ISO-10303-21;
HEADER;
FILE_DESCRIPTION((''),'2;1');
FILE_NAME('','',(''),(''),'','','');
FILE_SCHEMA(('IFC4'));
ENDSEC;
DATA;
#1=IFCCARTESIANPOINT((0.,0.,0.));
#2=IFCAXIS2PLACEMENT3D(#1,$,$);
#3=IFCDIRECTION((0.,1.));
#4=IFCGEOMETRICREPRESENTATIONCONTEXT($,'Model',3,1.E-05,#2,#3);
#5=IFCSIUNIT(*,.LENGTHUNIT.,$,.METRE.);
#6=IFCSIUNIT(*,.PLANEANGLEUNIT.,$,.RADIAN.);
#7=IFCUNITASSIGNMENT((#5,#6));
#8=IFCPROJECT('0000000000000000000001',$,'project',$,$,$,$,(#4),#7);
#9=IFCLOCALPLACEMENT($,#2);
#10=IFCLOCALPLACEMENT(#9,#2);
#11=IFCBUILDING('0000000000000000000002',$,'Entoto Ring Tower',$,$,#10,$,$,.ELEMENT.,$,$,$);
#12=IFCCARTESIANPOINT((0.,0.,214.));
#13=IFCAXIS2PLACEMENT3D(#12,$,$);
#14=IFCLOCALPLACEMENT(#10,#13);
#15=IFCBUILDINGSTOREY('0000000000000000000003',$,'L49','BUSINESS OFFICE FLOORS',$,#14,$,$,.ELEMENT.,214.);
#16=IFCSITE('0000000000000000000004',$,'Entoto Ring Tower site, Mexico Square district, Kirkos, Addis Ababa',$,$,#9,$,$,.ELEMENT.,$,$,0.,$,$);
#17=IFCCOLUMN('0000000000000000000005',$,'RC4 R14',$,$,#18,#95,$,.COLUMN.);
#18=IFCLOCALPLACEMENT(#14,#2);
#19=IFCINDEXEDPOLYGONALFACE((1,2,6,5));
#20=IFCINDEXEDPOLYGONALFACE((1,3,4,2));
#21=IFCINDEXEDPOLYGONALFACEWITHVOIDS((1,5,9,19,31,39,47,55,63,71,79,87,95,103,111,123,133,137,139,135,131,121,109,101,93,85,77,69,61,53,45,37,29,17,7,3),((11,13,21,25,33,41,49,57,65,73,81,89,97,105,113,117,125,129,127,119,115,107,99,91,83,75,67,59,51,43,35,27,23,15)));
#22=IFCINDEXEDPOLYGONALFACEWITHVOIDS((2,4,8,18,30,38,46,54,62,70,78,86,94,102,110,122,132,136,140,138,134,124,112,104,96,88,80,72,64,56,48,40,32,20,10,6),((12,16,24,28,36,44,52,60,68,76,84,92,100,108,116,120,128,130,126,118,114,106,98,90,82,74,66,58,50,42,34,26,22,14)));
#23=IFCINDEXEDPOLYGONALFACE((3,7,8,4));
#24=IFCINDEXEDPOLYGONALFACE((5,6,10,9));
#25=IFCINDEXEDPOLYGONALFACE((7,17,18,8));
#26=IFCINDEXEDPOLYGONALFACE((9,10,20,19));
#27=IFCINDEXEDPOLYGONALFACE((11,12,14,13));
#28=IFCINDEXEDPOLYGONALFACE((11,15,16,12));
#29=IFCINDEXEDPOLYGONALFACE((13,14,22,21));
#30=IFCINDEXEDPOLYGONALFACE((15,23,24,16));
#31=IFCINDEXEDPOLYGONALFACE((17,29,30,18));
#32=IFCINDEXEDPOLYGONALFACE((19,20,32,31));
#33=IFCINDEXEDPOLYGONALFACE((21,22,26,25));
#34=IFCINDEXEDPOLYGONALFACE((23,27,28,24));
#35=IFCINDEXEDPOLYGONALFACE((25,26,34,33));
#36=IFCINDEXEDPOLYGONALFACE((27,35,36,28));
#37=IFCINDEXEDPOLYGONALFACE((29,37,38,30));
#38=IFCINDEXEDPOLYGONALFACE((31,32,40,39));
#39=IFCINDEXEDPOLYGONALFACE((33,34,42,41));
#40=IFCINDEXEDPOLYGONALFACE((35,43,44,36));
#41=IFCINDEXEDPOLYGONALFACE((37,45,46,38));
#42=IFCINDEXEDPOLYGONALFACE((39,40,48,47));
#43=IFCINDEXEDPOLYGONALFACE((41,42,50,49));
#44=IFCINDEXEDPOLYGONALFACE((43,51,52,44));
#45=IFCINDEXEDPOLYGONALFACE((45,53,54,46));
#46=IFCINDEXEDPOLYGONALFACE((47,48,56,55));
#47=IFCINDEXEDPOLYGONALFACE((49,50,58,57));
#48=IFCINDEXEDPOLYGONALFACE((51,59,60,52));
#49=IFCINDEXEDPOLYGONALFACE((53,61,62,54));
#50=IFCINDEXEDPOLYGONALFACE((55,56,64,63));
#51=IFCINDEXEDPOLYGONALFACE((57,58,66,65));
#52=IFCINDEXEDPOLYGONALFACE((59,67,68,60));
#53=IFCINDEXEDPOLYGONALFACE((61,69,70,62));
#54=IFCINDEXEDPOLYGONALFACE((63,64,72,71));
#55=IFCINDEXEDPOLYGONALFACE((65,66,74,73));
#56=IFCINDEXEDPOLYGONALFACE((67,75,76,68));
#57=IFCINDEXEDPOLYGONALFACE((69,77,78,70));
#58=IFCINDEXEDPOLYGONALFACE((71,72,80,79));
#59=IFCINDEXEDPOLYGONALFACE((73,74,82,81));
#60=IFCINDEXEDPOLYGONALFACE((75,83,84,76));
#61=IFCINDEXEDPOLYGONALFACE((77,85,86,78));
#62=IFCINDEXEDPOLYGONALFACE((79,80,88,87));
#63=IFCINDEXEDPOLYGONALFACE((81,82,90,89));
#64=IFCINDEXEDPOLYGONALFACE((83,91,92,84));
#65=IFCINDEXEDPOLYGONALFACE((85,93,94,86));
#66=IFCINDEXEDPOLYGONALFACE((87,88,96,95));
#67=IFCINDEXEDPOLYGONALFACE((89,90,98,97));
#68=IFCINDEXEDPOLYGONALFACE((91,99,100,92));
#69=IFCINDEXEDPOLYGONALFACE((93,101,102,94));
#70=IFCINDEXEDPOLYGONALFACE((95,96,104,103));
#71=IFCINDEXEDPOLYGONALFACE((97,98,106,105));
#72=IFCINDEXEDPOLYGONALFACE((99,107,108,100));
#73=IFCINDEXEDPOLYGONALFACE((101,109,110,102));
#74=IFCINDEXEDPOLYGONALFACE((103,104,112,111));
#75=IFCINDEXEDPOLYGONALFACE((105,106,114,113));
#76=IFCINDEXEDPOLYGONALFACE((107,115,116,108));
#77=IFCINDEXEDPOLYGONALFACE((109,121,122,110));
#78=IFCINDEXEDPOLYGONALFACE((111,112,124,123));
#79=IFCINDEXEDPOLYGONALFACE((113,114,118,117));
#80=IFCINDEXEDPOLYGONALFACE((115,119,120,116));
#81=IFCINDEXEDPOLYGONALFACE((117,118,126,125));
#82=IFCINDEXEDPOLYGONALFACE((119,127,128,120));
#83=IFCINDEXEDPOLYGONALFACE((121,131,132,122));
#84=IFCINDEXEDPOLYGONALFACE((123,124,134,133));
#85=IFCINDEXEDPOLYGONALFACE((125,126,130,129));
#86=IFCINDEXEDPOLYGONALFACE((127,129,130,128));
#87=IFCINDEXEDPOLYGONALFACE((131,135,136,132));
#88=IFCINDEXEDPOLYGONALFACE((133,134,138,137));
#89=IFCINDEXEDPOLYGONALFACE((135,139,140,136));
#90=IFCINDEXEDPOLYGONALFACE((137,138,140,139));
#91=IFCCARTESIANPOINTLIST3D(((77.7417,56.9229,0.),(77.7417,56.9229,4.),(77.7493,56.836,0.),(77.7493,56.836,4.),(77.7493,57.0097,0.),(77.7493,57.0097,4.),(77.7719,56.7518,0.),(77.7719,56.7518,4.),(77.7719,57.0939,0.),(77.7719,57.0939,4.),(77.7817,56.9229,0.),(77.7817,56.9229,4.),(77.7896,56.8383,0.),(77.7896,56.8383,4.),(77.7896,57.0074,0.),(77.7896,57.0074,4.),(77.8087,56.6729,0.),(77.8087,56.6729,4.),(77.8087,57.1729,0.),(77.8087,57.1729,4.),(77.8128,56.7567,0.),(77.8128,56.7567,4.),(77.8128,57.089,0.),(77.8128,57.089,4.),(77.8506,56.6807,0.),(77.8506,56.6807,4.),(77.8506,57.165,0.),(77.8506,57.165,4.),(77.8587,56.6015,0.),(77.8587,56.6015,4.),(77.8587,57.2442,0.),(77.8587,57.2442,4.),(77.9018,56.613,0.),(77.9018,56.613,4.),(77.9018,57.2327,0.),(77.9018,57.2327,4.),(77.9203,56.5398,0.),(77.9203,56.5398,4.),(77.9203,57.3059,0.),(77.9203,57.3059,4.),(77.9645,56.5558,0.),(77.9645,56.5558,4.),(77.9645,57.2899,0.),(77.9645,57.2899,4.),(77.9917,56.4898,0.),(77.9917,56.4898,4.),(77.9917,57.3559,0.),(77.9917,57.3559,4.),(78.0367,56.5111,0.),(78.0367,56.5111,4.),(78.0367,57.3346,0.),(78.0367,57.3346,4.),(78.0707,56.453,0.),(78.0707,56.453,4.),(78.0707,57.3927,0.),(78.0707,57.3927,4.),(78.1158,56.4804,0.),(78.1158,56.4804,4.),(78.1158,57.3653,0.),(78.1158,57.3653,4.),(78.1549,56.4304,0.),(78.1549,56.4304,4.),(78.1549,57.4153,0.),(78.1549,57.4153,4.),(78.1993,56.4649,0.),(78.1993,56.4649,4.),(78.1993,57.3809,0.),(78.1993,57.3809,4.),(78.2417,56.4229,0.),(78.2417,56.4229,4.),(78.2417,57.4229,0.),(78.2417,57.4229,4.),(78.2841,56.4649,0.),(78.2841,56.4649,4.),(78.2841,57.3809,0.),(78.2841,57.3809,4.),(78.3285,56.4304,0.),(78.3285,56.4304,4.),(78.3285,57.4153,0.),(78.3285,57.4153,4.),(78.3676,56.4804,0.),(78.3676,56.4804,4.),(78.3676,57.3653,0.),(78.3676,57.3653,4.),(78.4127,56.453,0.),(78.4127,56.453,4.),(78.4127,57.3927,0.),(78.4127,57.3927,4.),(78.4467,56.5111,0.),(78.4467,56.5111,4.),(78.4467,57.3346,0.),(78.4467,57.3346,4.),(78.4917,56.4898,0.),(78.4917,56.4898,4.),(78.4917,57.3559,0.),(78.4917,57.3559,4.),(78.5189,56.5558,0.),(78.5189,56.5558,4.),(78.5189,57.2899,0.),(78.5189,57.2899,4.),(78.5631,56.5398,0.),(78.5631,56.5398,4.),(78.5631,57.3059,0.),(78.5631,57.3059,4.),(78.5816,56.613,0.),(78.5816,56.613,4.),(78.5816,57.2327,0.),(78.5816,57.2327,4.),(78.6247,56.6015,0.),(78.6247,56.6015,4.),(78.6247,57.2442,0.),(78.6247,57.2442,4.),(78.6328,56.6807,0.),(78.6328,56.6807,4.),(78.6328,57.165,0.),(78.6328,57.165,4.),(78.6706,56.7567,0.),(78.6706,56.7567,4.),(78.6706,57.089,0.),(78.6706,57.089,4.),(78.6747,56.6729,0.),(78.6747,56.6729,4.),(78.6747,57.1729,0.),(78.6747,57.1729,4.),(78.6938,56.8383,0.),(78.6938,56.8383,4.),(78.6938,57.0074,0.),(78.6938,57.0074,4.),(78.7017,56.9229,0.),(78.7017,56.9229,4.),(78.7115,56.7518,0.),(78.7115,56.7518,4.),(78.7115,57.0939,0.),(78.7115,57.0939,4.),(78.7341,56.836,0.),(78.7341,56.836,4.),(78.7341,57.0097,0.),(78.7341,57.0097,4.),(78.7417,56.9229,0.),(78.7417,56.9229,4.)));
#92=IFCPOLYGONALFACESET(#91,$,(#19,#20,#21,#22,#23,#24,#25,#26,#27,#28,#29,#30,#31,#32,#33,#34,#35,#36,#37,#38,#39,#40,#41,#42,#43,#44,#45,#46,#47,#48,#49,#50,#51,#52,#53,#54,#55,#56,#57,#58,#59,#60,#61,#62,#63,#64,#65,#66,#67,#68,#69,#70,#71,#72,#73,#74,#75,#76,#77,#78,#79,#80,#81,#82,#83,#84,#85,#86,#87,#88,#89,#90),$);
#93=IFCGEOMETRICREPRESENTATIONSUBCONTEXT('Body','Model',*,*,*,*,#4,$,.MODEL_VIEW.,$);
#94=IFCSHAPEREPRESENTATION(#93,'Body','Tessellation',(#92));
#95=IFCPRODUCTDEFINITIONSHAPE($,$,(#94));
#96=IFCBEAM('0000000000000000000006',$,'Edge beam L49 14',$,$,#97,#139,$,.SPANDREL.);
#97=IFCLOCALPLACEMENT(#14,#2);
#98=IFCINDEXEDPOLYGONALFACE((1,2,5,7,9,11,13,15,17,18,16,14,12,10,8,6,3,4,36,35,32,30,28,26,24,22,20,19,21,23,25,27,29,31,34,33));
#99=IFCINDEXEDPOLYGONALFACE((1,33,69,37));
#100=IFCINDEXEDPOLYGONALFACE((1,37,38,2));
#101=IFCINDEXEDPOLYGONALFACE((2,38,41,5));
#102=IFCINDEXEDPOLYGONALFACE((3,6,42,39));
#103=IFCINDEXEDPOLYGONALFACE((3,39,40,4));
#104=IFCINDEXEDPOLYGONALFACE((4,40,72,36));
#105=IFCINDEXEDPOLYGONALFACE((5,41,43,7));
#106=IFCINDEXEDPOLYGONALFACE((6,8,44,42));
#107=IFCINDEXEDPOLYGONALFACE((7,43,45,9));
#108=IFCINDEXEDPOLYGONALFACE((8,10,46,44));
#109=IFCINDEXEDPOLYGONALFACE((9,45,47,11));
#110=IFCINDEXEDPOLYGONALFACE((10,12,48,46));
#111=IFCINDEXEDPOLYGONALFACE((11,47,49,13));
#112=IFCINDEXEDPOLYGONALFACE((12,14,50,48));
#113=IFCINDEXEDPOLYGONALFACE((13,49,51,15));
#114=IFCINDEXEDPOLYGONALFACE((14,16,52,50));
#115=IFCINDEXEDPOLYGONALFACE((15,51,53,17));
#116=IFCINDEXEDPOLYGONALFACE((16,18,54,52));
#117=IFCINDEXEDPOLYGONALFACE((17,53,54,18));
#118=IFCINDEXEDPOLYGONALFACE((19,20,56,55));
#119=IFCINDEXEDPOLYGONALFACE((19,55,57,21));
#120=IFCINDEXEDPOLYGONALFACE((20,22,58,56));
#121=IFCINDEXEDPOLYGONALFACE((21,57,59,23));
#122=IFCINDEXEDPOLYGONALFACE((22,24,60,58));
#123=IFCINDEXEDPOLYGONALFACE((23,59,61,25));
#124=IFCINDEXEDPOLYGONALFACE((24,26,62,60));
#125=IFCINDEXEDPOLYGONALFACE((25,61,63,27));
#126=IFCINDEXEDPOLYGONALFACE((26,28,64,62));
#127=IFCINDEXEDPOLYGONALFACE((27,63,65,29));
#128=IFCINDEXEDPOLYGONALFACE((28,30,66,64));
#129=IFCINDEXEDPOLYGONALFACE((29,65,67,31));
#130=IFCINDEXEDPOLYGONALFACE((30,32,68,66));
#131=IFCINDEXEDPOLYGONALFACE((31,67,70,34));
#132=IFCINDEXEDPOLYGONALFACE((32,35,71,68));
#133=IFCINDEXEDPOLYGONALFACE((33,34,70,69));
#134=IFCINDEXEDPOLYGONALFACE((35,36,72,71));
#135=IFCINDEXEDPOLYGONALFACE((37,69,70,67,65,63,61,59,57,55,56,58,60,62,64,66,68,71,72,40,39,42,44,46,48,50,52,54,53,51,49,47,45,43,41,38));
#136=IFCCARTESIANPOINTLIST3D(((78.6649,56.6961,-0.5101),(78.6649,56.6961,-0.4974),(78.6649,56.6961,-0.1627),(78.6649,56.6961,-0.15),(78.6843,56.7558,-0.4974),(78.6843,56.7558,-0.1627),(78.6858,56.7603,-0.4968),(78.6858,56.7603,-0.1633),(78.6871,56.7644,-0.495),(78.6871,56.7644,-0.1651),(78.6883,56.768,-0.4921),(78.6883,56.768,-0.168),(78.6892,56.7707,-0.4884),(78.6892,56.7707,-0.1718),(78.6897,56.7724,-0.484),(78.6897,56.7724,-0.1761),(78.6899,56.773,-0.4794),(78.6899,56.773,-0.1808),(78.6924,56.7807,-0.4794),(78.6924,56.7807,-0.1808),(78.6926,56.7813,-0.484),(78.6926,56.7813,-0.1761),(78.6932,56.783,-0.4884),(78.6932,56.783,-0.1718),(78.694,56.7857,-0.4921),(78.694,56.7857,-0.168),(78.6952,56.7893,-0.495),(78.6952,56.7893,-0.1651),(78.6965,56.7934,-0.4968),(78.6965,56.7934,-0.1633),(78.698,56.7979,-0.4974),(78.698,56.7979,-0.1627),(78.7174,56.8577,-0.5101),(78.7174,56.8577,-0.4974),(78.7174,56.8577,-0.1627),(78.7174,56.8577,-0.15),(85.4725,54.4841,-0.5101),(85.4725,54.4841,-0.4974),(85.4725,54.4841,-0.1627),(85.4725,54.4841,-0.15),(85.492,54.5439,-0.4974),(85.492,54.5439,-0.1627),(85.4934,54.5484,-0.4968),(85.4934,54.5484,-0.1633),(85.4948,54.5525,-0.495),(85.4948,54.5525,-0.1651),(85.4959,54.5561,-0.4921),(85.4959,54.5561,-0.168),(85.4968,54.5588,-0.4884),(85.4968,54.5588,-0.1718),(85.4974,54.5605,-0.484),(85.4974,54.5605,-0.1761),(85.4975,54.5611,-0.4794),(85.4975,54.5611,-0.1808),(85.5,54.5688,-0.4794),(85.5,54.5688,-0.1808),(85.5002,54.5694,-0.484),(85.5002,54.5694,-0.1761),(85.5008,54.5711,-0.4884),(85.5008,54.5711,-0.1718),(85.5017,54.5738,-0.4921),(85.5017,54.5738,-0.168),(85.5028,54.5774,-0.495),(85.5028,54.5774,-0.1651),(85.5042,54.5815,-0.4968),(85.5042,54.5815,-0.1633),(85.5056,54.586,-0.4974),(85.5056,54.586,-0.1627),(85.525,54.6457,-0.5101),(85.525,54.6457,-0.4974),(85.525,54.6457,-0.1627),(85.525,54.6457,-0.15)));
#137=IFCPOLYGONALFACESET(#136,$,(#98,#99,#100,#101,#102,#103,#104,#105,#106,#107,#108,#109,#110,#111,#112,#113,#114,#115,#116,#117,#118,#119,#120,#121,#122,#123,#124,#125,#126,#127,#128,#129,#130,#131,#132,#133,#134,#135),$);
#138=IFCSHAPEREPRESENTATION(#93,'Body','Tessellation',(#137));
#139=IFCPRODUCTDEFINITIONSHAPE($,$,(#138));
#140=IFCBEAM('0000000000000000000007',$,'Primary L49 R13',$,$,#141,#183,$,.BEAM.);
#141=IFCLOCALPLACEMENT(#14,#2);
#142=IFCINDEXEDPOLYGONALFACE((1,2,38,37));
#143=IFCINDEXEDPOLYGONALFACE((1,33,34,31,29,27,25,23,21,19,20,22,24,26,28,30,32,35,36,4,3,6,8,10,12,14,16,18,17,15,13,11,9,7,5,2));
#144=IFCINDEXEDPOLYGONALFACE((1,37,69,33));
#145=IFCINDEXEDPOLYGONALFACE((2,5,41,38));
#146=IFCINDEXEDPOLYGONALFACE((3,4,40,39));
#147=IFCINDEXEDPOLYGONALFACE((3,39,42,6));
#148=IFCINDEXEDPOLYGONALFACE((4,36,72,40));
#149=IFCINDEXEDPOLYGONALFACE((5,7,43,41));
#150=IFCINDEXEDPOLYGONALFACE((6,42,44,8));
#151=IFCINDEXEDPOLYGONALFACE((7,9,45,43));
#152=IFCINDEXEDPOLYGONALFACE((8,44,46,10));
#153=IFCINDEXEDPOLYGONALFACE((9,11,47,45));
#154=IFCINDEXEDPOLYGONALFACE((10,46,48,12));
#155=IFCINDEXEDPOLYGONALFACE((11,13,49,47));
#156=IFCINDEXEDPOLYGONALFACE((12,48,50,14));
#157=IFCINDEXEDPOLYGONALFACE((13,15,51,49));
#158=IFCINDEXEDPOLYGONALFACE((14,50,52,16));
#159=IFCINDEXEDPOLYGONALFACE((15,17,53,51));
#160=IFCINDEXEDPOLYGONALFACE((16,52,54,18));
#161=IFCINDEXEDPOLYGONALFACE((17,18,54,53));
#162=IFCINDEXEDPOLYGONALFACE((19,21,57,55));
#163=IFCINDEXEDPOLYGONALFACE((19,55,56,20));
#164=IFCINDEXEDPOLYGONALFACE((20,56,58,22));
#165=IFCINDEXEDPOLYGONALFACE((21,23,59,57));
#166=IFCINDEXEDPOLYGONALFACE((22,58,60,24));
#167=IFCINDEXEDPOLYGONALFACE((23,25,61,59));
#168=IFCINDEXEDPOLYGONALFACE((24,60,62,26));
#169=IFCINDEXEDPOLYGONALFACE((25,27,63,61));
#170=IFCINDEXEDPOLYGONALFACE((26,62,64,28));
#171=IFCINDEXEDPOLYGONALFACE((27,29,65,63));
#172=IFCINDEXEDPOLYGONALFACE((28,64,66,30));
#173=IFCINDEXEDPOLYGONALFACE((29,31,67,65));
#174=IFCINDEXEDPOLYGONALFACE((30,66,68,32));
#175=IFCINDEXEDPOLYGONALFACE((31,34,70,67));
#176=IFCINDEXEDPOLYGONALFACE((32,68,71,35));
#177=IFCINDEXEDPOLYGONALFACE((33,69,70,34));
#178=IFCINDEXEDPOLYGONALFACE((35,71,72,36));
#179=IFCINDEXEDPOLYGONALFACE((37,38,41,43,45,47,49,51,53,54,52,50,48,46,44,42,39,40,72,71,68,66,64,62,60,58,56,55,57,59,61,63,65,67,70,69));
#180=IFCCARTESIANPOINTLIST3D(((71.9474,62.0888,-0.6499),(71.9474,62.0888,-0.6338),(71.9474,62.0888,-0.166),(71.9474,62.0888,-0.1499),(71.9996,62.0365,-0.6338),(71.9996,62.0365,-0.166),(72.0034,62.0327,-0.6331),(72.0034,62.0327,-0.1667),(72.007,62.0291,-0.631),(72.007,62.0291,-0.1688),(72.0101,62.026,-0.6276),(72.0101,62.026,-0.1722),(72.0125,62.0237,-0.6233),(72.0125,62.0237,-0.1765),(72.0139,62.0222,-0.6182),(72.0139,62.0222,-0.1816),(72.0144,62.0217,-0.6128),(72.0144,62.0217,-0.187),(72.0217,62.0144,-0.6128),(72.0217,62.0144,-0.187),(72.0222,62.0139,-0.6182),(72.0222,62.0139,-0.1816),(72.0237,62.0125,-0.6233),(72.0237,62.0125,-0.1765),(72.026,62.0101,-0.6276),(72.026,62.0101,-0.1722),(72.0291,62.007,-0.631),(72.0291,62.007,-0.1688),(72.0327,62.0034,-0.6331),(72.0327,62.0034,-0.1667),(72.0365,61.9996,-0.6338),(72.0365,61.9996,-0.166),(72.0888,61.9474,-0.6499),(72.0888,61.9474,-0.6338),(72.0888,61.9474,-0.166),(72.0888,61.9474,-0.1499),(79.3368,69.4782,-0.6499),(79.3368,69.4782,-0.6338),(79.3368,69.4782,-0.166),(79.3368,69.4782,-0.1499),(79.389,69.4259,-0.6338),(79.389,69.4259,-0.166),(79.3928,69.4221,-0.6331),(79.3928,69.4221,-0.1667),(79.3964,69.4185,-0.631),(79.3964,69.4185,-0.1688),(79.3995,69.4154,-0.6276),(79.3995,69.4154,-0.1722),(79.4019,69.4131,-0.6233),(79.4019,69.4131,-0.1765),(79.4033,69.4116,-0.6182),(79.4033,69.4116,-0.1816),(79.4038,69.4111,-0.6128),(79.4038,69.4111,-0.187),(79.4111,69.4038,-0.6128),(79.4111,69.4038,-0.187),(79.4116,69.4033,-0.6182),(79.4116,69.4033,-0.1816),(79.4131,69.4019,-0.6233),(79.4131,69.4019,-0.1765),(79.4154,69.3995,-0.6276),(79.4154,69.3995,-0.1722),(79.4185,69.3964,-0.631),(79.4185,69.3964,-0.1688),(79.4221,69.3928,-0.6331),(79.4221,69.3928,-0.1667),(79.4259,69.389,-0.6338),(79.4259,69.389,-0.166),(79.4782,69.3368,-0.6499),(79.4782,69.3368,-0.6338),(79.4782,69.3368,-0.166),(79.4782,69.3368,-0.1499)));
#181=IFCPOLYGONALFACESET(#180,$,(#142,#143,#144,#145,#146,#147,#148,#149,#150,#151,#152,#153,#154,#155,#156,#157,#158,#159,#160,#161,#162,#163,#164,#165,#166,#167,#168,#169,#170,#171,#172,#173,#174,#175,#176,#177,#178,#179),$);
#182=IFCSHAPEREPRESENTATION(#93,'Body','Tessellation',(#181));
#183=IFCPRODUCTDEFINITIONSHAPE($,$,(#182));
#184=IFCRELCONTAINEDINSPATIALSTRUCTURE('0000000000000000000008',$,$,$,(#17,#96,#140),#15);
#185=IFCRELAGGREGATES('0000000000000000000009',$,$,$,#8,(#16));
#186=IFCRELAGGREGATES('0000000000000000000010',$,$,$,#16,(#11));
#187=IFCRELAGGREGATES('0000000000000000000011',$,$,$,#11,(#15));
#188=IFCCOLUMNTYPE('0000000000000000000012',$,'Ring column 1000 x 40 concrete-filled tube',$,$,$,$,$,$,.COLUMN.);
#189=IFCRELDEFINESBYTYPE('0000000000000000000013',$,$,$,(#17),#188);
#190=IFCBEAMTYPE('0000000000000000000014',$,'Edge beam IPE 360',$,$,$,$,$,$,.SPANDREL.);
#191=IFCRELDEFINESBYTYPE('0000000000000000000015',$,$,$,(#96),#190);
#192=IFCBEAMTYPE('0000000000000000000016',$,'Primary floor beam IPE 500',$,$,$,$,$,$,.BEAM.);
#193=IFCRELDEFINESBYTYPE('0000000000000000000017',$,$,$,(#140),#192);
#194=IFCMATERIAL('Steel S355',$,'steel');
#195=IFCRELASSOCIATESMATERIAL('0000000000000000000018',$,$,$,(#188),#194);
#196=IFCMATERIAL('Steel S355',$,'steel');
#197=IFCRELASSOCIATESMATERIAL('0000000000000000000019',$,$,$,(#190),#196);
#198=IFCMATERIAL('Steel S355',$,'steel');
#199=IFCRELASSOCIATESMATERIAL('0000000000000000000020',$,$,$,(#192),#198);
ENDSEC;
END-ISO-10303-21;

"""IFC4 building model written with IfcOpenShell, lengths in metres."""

from ifc_helpers import new_model, si_unit, direction, frame, origin, origin_2d, place, context, subcontext, project, spatial, circle, hollow_circle, i_section, extrude, material, material_profile, profile_set, type_object, element, save


model = new_model("IFC4")

# Units and contexts
model_context = context("Model", 3, precision=1e-05, world=origin(), true_north=direction((0.0, 1.0)))
body_context = subcontext(model_context, "Body", "Model", "MODEL_VIEW")
ifc_project = project(units=[si_unit("LENGTHUNIT", "METRE"), si_unit("PLANEANGLEUNIT", "RADIAN")], contexts=[model_context])

# Site, building, storey
site_placement = place(None, origin())
site = spatial("IfcSite", under=ifc_project, at=site_placement, Name="Entoto Ring Tower site, Mexico Square district, Kirkos, Addis Ababa", CompositionType="ELEMENT", RefElevation=0.0)
building_placement = place(site_placement, origin())
building = spatial("IfcBuilding", under=site, at=building_placement, Name="Entoto Ring Tower", CompositionType="ELEMENT")
storey_placement = place(building_placement, frame((0.0, 0.0, 214.0)))
storey = spatial("IfcBuildingStorey", under=building, at=storey_placement, Name="L49", Description="BUSINESS OFFICE FLOORS", CompositionType="ELEMENT", Elevation=214.0)

# Column
ifc_material_1 = material(Name="Steel S355", Category="steel")
ifc_material_profile_1 = material_profile(ifc_material_1, hollow_circle(Radius=0.5, WallThickness=0.04, at=origin_2d()), Name="CHS 1000 x 40")
ifc_material_2 = material(Name="Concrete C60/75", Category="concrete")
ifc_material_profile_2 = material_profile(ifc_material_2, circle(Radius=0.46, at=origin_2d()), Name="Concrete C60/75 infill")
ifc_profile_set_1 = profile_set([ifc_material_profile_1, ifc_material_profile_2], Name="Steel S355")
column_type = type_object("IfcColumnType", Name="Ring column 1000 x 40 concrete-filled tube", PredefinedType="COLUMN", material=ifc_profile_set_1)
column_placement = place(storey_placement, frame((78.2417, 56.9229, 0.0), z_axis=(0.0, 0.0, 1.0), x_axis=(1.0, 0.0, 0.0)))
element("IfcColumn", 1, at=column_placement, inside=storey, type_object=column_type, Name="RC4 R14", PredefinedType="COLUMN", context=body_context, shape_type="SweptSolid", body=[
    extrude(hollow_circle(Radius=0.5, WallThickness=0.04, at=origin_2d()), origin(), (0.0, 0.0, 1.0), 4.0),
])

# Beams
ifc_material_3 = material(Name="Steel S355", Category="steel")
ifc_material_profile_3 = material_profile(ifc_material_3, i_section(OverallWidth=0.1699, OverallDepth=0.3601, WebThickness=0.0081, FlangeThickness=0.0127, FilletRadius=0.0181, at=origin_2d()), Name="IPE 360")
ifc_profile_set_2 = profile_set([ifc_material_profile_3], Name="Steel S355")
beam_type_1 = type_object("IfcBeamType", Name="Edge beam IPE 360", PredefinedType="SPANDREL", material=ifc_profile_set_2)
beam_1_placement = place(storey_placement, frame((78.6912, 56.7769, -0.3301), z_axis=(0.951057, -0.309015, 0.0), x_axis=(0.309015, 0.951057, 0.0)))
element("IfcBeam", 2, at=beam_1_placement, inside=storey, type_object=beam_type_1, Name="Edge beam L49 14", PredefinedType="SPANDREL", context=body_context, shape_type="SweptSolid", body=[
    extrude(i_section(OverallWidth=0.1699, OverallDepth=0.3601, WebThickness=0.0081, FlangeThickness=0.0127, FilletRadius=0.0181, at=origin_2d()), origin(), (0.0, 0.0, 1.0), 7.158),
])
ifc_material_4 = material(Name="Steel S355", Category="steel")
ifc_material_profile_4 = material_profile(ifc_material_4, i_section(OverallWidth=0.2, OverallDepth=0.5, WebThickness=0.0103, FlangeThickness=0.0161, FilletRadius=0.021, at=origin_2d()), Name="IPE 500")
ifc_profile_set_3 = profile_set([ifc_material_profile_4], Name="Steel S355")
beam_type_2 = type_object("IfcBeamType", Name="Primary floor beam IPE 500", PredefinedType="BEAM", material=ifc_profile_set_3)
beam_2_placement = place(storey_placement, frame((79.4075, 69.4075, -0.3999), z_axis=(-0.707107, -0.707107, 0.0), x_axis=(0.707107, -0.707107, 0.0)))
element("IfcBeam", 3, at=beam_2_placement, inside=storey, type_object=beam_type_2, Name="Primary L49 R13", PredefinedType="BEAM", context=body_context, shape_type="SweptSolid", body=[
    extrude(i_section(OverallWidth=0.2, OverallDepth=0.5, WebThickness=0.0103, FlangeThickness=0.0161, FilletRadius=0.021, at=origin_2d()), origin(), (0.0, 0.0, 1.0), 10.4502),
])

save(model, "model.ifc")
